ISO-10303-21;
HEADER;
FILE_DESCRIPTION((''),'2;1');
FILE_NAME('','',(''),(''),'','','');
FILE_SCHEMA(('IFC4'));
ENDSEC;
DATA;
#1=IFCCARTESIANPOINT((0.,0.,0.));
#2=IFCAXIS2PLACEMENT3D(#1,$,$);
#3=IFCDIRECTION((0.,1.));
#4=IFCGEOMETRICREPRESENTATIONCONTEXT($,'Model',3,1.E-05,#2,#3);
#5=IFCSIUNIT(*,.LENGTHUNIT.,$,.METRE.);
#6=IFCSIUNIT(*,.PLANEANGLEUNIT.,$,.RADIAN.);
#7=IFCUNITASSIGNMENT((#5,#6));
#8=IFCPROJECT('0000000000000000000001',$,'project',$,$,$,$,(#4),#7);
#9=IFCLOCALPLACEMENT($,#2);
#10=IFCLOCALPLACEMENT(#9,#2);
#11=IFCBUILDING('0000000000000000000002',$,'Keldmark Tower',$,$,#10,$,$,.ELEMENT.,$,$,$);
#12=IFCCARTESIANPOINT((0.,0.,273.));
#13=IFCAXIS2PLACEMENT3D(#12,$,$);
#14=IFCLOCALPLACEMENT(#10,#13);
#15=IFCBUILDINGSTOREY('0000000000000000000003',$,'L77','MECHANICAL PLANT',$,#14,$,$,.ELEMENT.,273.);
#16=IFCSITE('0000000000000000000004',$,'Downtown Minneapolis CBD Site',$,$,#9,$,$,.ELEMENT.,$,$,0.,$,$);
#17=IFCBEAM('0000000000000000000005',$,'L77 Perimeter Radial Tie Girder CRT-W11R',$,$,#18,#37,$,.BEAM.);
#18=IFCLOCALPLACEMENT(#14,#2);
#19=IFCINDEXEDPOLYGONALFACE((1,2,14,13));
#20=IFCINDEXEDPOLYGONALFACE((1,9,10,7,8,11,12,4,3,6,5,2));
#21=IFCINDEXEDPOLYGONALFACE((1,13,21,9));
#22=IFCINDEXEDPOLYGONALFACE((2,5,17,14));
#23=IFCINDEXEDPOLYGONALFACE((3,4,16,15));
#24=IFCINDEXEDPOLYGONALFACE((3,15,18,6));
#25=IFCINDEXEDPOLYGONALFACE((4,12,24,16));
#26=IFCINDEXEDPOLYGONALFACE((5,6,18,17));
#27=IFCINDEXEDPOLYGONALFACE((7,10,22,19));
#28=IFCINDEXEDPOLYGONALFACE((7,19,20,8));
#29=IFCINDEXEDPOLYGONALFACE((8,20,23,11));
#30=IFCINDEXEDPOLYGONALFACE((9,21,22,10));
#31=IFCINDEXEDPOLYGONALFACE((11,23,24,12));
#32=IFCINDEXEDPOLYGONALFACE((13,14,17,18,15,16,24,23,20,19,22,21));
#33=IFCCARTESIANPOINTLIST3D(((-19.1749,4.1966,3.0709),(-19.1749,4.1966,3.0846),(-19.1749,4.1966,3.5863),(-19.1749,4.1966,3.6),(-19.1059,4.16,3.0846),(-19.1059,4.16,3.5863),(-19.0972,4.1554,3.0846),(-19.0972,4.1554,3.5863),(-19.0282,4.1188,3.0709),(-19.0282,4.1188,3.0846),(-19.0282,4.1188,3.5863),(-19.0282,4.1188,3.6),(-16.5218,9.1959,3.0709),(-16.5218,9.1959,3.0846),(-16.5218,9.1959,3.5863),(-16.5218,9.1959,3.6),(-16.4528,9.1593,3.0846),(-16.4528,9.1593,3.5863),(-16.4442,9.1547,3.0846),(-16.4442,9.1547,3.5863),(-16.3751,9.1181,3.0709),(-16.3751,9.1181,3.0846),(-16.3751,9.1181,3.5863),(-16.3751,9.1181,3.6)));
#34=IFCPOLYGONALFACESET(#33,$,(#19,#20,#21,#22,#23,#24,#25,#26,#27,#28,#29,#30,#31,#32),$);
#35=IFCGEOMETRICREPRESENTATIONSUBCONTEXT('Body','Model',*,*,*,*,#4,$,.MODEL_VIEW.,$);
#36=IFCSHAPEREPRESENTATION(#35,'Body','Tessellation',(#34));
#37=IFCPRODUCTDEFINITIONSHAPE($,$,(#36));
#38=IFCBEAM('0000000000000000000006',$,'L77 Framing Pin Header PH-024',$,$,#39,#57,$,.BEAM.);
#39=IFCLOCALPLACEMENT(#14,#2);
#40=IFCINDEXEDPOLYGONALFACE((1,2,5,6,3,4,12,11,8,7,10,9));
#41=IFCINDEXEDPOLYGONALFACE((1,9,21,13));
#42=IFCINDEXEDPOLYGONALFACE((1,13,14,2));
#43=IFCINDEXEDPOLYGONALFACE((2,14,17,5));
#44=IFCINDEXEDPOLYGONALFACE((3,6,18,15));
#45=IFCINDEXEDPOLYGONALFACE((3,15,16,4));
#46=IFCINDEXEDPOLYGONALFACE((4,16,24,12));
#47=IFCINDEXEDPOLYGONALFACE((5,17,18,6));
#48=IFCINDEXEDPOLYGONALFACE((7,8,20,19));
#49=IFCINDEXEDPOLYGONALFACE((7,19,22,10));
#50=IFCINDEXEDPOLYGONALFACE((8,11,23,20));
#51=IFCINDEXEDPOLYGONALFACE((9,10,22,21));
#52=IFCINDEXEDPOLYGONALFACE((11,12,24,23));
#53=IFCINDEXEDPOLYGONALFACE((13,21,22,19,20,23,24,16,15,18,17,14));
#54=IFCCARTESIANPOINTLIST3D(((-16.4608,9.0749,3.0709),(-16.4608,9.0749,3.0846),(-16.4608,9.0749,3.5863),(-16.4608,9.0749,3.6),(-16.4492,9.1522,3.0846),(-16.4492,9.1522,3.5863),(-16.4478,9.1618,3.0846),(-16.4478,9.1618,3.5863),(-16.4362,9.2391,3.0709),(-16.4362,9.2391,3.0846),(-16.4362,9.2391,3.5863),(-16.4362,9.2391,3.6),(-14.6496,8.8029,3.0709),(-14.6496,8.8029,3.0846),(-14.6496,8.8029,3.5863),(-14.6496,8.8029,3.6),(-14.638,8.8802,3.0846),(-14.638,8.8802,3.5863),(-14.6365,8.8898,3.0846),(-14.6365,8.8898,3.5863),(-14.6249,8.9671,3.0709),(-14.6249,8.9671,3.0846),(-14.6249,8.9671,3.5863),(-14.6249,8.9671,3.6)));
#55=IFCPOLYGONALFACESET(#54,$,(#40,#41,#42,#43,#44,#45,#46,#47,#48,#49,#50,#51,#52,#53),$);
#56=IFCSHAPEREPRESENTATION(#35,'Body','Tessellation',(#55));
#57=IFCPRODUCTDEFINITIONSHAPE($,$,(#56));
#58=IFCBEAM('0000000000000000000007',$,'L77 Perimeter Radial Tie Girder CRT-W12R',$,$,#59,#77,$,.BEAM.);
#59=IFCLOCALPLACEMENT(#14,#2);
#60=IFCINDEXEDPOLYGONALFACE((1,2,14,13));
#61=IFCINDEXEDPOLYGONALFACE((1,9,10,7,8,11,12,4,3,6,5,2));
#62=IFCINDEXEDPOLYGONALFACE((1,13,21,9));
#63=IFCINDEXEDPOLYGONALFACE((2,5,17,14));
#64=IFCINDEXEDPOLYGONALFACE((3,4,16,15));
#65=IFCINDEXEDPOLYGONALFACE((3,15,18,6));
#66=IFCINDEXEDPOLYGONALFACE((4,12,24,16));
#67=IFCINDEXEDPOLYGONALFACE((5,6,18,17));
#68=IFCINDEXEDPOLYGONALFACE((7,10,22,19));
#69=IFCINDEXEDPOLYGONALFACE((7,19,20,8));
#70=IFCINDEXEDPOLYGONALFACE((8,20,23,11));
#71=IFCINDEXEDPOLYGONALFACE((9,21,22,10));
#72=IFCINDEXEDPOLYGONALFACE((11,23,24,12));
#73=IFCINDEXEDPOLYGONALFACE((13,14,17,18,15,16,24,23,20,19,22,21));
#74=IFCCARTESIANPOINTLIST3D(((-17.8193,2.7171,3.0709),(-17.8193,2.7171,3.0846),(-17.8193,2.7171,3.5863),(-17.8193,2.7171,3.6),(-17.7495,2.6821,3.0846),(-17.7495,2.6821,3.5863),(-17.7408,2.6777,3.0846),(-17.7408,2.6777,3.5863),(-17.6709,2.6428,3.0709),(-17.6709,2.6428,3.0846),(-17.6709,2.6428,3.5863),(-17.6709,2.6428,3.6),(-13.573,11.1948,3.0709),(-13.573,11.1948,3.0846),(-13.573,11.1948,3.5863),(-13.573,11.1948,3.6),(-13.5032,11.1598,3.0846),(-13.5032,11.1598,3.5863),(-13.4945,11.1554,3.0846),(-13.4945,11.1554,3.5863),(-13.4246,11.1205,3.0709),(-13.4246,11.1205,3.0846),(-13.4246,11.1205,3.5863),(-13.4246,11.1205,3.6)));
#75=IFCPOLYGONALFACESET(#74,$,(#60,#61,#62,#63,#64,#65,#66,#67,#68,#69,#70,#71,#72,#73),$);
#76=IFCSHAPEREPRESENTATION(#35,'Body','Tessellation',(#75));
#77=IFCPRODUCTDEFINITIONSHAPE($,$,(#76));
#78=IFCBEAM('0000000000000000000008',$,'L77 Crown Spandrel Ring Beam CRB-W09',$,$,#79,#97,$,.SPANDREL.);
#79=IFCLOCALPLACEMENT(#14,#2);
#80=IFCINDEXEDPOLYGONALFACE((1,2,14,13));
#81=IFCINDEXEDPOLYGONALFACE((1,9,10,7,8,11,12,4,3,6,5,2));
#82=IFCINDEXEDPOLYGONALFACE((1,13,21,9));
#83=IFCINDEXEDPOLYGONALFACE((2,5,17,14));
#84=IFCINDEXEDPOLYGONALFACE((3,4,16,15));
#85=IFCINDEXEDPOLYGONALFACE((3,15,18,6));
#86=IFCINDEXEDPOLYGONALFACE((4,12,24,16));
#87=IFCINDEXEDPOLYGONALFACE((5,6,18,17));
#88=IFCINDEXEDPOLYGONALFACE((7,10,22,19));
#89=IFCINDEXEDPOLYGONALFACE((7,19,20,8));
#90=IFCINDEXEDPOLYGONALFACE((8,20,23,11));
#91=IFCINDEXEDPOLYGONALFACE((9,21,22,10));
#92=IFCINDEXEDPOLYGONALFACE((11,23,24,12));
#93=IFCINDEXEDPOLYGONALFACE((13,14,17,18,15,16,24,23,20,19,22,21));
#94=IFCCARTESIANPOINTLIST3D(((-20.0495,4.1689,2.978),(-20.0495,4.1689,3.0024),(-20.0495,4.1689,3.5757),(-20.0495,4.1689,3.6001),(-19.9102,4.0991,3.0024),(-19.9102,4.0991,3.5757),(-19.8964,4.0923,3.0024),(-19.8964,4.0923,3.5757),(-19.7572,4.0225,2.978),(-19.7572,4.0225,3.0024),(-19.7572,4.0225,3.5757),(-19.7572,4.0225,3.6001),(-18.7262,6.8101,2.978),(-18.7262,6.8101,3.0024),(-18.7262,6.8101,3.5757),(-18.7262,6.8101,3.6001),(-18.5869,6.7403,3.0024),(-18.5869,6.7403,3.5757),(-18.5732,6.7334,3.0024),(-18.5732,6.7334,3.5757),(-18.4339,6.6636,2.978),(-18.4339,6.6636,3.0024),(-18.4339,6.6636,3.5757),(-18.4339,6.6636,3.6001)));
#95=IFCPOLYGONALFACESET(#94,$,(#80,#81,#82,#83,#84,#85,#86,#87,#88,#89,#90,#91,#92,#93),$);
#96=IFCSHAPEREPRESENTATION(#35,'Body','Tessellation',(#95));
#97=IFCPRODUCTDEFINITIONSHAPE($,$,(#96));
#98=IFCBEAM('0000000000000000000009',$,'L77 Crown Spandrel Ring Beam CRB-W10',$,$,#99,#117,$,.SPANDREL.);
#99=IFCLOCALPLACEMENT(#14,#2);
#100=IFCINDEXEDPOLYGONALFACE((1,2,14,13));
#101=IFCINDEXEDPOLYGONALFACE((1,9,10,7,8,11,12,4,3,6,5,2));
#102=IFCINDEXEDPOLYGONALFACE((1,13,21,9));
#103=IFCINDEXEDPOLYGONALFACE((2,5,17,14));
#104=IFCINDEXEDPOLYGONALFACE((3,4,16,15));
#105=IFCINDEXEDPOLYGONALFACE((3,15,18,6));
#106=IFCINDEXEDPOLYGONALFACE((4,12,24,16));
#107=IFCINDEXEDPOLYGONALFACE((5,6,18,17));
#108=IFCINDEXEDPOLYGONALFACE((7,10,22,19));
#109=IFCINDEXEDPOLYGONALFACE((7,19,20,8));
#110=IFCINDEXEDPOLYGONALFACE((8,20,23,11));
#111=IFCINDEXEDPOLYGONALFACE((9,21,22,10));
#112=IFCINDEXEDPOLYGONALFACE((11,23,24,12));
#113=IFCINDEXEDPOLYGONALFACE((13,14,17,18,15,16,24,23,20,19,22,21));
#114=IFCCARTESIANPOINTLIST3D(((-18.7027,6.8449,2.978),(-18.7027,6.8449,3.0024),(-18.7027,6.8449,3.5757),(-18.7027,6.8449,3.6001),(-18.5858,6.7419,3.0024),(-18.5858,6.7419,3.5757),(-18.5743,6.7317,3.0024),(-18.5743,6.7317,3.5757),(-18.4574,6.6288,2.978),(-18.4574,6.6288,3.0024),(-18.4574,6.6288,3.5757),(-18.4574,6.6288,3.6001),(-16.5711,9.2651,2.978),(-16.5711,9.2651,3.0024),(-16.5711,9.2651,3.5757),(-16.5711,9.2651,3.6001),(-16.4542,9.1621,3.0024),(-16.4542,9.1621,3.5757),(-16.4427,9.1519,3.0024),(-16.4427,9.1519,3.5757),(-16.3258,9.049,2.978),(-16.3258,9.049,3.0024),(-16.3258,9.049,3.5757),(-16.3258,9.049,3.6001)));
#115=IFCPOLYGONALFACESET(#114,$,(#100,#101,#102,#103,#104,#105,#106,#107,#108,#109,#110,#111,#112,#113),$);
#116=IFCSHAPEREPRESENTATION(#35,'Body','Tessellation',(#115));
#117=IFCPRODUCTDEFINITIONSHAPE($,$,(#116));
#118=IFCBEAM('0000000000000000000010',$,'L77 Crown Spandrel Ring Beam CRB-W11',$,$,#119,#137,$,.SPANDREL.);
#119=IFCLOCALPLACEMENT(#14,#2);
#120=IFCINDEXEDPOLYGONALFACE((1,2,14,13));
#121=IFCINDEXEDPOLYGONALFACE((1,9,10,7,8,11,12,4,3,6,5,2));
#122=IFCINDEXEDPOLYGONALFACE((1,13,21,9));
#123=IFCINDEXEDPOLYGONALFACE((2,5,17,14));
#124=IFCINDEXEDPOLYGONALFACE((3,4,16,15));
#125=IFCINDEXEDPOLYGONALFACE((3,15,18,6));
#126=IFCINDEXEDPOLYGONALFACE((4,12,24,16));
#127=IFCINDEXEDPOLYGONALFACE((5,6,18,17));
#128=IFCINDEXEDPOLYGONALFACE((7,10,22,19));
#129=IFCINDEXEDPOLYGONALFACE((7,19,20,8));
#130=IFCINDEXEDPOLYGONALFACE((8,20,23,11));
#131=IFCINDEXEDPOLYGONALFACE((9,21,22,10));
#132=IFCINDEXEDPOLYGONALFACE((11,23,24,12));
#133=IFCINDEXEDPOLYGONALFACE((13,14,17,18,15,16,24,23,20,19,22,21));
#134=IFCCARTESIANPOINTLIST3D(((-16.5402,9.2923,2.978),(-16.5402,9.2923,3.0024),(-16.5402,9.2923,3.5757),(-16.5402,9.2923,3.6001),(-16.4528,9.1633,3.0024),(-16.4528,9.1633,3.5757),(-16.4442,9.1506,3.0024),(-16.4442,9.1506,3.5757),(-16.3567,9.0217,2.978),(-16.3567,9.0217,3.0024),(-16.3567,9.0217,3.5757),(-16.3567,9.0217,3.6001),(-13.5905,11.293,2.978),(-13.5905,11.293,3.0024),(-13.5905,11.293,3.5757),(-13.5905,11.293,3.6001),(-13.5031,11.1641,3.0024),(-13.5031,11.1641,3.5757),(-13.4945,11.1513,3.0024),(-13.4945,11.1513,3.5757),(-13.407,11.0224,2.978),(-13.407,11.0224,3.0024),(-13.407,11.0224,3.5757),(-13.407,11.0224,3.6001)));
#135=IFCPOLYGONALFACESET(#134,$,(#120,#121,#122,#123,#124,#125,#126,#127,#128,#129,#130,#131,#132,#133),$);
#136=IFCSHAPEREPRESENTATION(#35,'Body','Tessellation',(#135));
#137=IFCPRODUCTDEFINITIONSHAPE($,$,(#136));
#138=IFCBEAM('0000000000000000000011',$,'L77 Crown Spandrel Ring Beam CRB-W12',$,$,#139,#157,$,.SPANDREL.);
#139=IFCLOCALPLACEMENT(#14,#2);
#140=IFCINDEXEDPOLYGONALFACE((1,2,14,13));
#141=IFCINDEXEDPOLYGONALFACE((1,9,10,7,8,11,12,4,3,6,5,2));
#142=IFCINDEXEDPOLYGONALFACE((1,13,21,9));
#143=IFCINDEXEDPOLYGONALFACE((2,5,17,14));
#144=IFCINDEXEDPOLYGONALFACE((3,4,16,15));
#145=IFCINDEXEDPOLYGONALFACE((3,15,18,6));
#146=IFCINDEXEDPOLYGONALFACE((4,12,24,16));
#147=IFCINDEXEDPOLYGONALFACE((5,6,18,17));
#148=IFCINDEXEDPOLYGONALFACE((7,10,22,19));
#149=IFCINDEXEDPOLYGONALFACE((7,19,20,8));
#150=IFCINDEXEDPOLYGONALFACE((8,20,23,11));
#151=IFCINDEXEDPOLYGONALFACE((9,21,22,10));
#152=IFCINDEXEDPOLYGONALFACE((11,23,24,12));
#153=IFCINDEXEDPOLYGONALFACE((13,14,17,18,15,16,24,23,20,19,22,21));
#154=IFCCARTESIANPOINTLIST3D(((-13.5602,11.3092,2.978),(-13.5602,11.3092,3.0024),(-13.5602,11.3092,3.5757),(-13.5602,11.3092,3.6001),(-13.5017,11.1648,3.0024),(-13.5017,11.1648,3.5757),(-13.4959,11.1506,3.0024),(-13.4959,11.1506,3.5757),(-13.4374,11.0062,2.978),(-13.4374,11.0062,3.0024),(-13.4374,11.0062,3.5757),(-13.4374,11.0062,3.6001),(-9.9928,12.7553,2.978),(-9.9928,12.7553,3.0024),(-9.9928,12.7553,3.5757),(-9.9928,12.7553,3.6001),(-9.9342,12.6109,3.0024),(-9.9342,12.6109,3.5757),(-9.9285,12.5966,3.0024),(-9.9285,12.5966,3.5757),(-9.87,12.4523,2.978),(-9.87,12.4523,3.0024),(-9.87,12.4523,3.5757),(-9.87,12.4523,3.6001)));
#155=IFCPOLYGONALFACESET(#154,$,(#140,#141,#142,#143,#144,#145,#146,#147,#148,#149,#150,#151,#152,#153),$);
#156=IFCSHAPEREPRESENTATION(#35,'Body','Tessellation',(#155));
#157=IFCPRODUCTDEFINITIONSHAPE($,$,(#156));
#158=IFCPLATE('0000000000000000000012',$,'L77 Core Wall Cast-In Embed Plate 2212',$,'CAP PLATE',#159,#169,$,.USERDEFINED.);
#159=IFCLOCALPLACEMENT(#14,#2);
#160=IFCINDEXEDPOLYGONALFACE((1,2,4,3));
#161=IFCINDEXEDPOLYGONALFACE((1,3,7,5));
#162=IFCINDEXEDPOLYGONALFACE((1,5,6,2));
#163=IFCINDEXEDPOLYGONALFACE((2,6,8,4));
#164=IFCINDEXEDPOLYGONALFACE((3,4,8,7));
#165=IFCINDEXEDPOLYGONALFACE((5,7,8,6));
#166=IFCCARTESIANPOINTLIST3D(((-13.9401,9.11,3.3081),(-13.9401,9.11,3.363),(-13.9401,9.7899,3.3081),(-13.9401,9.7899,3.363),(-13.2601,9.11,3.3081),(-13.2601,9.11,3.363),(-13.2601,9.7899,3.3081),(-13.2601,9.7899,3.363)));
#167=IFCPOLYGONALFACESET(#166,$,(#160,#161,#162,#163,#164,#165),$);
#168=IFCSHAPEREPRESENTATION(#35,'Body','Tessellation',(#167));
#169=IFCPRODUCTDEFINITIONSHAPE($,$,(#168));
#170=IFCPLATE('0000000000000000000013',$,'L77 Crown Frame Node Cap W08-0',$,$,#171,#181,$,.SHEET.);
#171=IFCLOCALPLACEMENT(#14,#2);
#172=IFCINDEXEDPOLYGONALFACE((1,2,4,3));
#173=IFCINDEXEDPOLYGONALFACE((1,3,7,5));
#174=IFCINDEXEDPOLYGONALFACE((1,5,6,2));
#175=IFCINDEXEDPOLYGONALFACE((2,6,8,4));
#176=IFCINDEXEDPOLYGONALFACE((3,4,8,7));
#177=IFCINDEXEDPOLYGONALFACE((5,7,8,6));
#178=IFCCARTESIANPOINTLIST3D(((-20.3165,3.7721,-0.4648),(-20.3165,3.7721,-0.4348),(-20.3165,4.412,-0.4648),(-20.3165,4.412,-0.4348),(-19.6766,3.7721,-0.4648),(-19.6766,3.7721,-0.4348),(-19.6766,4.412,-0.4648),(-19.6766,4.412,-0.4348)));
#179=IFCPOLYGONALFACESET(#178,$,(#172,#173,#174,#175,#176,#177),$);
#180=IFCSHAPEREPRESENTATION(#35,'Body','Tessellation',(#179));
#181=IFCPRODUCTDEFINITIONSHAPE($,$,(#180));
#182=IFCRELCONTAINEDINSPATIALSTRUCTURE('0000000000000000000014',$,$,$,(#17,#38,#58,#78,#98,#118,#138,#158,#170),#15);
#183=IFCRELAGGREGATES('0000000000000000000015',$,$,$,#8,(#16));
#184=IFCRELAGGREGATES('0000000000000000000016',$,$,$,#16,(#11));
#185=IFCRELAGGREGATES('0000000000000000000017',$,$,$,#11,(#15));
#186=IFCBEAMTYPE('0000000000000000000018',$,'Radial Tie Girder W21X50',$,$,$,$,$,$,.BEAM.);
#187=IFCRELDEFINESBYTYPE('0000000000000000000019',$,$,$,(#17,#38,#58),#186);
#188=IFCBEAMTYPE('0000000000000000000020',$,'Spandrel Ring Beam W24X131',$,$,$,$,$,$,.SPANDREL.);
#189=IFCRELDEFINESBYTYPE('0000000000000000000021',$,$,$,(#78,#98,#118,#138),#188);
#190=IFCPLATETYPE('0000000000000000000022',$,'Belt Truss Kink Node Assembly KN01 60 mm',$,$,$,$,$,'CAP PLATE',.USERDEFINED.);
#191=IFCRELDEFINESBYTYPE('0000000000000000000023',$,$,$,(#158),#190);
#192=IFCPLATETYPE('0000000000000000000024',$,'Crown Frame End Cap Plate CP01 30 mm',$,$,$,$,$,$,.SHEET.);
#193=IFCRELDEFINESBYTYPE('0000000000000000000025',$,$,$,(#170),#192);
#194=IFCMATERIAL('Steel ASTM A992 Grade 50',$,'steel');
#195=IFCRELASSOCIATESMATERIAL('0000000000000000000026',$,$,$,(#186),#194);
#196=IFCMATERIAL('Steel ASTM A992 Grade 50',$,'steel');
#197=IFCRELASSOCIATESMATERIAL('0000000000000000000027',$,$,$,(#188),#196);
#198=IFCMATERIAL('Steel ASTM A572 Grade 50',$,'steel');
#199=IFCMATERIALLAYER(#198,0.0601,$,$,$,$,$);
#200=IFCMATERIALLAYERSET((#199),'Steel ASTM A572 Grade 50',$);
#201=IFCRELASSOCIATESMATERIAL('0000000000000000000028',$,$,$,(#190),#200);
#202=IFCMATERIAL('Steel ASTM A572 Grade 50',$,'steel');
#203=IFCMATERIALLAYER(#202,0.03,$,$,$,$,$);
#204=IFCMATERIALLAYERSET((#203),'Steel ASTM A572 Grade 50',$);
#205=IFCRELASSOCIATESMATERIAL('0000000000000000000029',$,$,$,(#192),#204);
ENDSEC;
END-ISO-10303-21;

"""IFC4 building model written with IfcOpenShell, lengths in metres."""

from ifc_helpers import new_model, si_unit, direction, frame, origin, origin_2d, place, context, subcontext, project, spatial, rectangle, i_section, extrude, material, layer, layer_set, material_profile, profile_set, type_object, element, save


model = new_model("IFC4")

# Units and contexts
model_context = context("Model", 3, precision=1e-05, world=origin(), true_north=direction((0.0, 1.0)))
body_context = subcontext(model_context, "Body", "Model", "MODEL_VIEW")
ifc_project = project(units=[si_unit("LENGTHUNIT", "METRE"), si_unit("PLANEANGLEUNIT", "RADIAN")], contexts=[model_context])

# Site, building, storey
site_placement = place(None, origin())
site = spatial("IfcSite", under=ifc_project, at=site_placement, Name="Downtown Minneapolis CBD Site", CompositionType="ELEMENT", RefElevation=0.0)
building_placement = place(site_placement, origin())
building = spatial("IfcBuilding", under=site, at=building_placement, Name="Keldmark Tower", CompositionType="ELEMENT")
storey_placement = place(building_placement, frame((0.0, 0.0, 273.0)))
storey = spatial("IfcBuildingStorey", under=building, at=storey_placement, Name="L77", Description="MECHANICAL PLANT", CompositionType="ELEMENT", Elevation=273.0)

# Beams
ifc_material_1 = material(Name="Steel ASTM A992 Grade 50", Category="steel")
ifc_material_profile_1 = material_profile(ifc_material_1, i_section(OverallWidth=0.166, OverallDepth=0.5291, WebThickness=0.0098, FlangeThickness=0.0137, at=origin_2d()), Name="W21X50")
ifc_profile_set_1 = profile_set([ifc_material_profile_1], Name="Steel ASTM A992 Grade 50")
beam_type_1 = type_object("IfcBeamType", Name="Radial Tie Girder W21X50", PredefinedType="BEAM", material=ifc_profile_set_1)
beam_1_placement = place(storey_placement, frame((-19.1016, 4.1577, 3.3354), z_axis=(0.468771, 0.883319, 0.0), x_axis=(-0.883319, 0.468771, 0.0)))
element("IfcBeam", 1, at=beam_1_placement, inside=storey, type_object=beam_type_1, Name="L77 Perimeter Radial Tie Girder CRT-W11R", PredefinedType="BEAM", context=body_context, shape_type="SweptSolid", body=[
    extrude(i_section(OverallWidth=0.166, OverallDepth=0.5291, WebThickness=0.0098, FlangeThickness=0.0137, at=origin_2d()), origin(), (0.0, 0.0, 1.0), 5.6597),
])
beam_2_placement = place(storey_placement, frame((-16.4485, 9.157, 3.3354), z_axis=(0.988914, -0.14849, 0.0), x_axis=(0.14849, 0.988914, 0.0)))
element("IfcBeam", 2, at=beam_2_placement, inside=storey, type_object=beam_type_1, Name="L77 Framing Pin Header PH-024", PredefinedType="BEAM", context=body_context, shape_type="SweptSolid", body=[
    extrude(i_section(OverallWidth=0.166, OverallDepth=0.5291, WebThickness=0.0098, FlangeThickness=0.0137, at=origin_2d()), origin(), (0.0, 0.0, 1.0), 1.8315),
])
beam_3_placement = place(storey_placement, frame((-17.7451, 2.6799, 3.3354), z_axis=(0.447842, 0.894113, 0.0), x_axis=(-0.894113, 0.447842, 0.0)))
element("IfcBeam", 3, at=beam_3_placement, inside=storey, type_object=beam_type_1, Name="L77 Perimeter Radial Tie Girder CRT-W12R", PredefinedType="BEAM", context=body_context, shape_type="SweptSolid", body=[
    extrude(i_section(OverallWidth=0.166, OverallDepth=0.5291, WebThickness=0.0098, FlangeThickness=0.0137, at=origin_2d()), origin(), (0.0, 0.0, 1.0), 9.4817),
])
ifc_material_2 = material(Name="Steel ASTM A992 Grade 50", Category="steel")
ifc_material_profile_2 = material_profile(ifc_material_2, i_section(OverallWidth=0.3269, OverallDepth=0.6221, WebThickness=0.0154, FlangeThickness=0.0244, at=origin_2d()), Name="W24X131")
ifc_profile_set_2 = profile_set([ifc_material_profile_2], Name="Steel ASTM A992 Grade 50")
beam_type_2 = type_object("IfcBeamType", Name="Spandrel Ring Beam W24X131", PredefinedType="SPANDREL", material=ifc_profile_set_2)
beam_4_placement = place(storey_placement, frame((-19.9033, 4.0957, 3.2891), z_axis=(0.447941, 0.894063, 0.0), x_axis=(-0.894063, 0.447941, 0.0)))
element("IfcBeam", 4, at=beam_4_placement, inside=storey, type_object=beam_type_2, Name="L77 Crown Spandrel Ring Beam CRB-W09", PredefinedType="SPANDREL", context=body_context, shape_type="SweptSolid", body=[
    extrude(i_section(OverallWidth=0.3269, OverallDepth=0.6221, WebThickness=0.0154, FlangeThickness=0.0244, at=origin_2d()), origin(), (0.0, 0.0, 1.0), 2.9541),
])
beam_5_placement = place(storey_placement, frame((-18.5801, 6.7368, 3.2891), z_axis=(0.66095, 0.75043, 0.0), x_axis=(-0.75043, 0.66095, 0.0)))
element("IfcBeam", 5, at=beam_5_placement, inside=storey, type_object=beam_type_2, Name="L77 Crown Spandrel Ring Beam CRB-W10", PredefinedType="SPANDREL", context=body_context, shape_type="SweptSolid", body=[
    extrude(i_section(OverallWidth=0.3269, OverallDepth=0.6221, WebThickness=0.0154, FlangeThickness=0.0244, at=origin_2d()), origin(), (0.0, 0.0, 1.0), 3.2251),
])
beam_6_placement = place(storey_placement, frame((-16.4485, 9.157, 3.2891), z_axis=(0.827587, 0.561337, 0.0), x_axis=(-0.561337, 0.827587, 0.0)))
element("IfcBeam", 6, at=beam_6_placement, inside=storey, type_object=beam_type_2, Name="L77 Crown Spandrel Ring Beam CRB-W11", PredefinedType="SPANDREL", context=body_context, shape_type="SweptSolid", body=[
    extrude(i_section(OverallWidth=0.3269, OverallDepth=0.6221, WebThickness=0.0154, FlangeThickness=0.0244, at=origin_2d()), origin(), (0.0, 0.0, 1.0), 3.5642),
])
beam_7_placement = place(storey_placement, frame((-13.4988, 11.1577, 3.2891), z_axis=(0.926757, 0.375662, 0.0), x_axis=(-0.375662, 0.926757, 0.0)))
element("IfcBeam", 7, at=beam_7_placement, inside=storey, type_object=beam_type_2, Name="L77 Crown Spandrel Ring Beam CRB-W12", PredefinedType="SPANDREL", context=body_context, shape_type="SweptSolid", body=[
    extrude(i_section(OverallWidth=0.3269, OverallDepth=0.6221, WebThickness=0.0154, FlangeThickness=0.0244, at=origin_2d()), origin(), (0.0, 0.0, 1.0), 3.8494),
])

# Plates
ifc_material_3 = material(Name="Steel ASTM A572 Grade 50", Category="steel")
ifc_layer_1 = layer(ifc_material_3, 0.0601)
ifc_layer_set_1 = layer_set([ifc_layer_1], Name="Steel ASTM A572 Grade 50")
plate_type_1 = type_object("IfcPlateType", Name="Belt Truss Kink Node Assembly KN01 60 mm", ElementType="CAP PLATE", PredefinedType="USERDEFINED", material=ifc_layer_set_1)
plate_placement = place(storey_placement, frame((-13.6001, 9.45, 3.3081), z_axis=(0.0, 0.0, 1.0), x_axis=(1.0, 0.0, 0.0)))
element("IfcPlate", 8, at=plate_placement, inside=storey, type_object=plate_type_1, Name="L77 Core Wall Cast-In Embed Plate 2212", ObjectType="CAP PLATE", PredefinedType="USERDEFINED", context=body_context, shape_type="SweptSolid", body=[
    extrude(rectangle(XDim=0.6799, YDim=0.6799, at=origin_2d()), origin(), (0.0, 0.0, 1.0), 0.0549),
])
ifc_material_4 = material(Name="Steel ASTM A572 Grade 50", Category="steel")
ifc_layer_2 = layer(ifc_material_4, 0.03)
ifc_layer_set_2 = layer_set([ifc_layer_2], Name="Steel ASTM A572 Grade 50")
plate_type_2 = type_object("IfcPlateType", Name="Crown Frame End Cap Plate CP01 30 mm", PredefinedType="SHEET", material=ifc_layer_set_2)
for number, where, z_axis, x_axis, name in (
    (9, (-19.9966, 4.092, -0.4648), (0.0, 0.0, 1.0), (1.0, 0.0, 0.0), "L77 Crown Frame Node Cap W08-0"),
):
    element("IfcPlate", number, at=place(storey_placement, frame(where, z_axis=z_axis, x_axis=x_axis)), inside=storey, type_object=plate_type_2, Name=name, PredefinedType="SHEET", context=body_context, shape_type="SweptSolid", body=[
        extrude(rectangle(XDim=0.6399, YDim=0.6399, at=origin_2d()), origin(), (0.0, 0.0, 1.0), 0.03),
    ])

save(model, "model.ifc")
